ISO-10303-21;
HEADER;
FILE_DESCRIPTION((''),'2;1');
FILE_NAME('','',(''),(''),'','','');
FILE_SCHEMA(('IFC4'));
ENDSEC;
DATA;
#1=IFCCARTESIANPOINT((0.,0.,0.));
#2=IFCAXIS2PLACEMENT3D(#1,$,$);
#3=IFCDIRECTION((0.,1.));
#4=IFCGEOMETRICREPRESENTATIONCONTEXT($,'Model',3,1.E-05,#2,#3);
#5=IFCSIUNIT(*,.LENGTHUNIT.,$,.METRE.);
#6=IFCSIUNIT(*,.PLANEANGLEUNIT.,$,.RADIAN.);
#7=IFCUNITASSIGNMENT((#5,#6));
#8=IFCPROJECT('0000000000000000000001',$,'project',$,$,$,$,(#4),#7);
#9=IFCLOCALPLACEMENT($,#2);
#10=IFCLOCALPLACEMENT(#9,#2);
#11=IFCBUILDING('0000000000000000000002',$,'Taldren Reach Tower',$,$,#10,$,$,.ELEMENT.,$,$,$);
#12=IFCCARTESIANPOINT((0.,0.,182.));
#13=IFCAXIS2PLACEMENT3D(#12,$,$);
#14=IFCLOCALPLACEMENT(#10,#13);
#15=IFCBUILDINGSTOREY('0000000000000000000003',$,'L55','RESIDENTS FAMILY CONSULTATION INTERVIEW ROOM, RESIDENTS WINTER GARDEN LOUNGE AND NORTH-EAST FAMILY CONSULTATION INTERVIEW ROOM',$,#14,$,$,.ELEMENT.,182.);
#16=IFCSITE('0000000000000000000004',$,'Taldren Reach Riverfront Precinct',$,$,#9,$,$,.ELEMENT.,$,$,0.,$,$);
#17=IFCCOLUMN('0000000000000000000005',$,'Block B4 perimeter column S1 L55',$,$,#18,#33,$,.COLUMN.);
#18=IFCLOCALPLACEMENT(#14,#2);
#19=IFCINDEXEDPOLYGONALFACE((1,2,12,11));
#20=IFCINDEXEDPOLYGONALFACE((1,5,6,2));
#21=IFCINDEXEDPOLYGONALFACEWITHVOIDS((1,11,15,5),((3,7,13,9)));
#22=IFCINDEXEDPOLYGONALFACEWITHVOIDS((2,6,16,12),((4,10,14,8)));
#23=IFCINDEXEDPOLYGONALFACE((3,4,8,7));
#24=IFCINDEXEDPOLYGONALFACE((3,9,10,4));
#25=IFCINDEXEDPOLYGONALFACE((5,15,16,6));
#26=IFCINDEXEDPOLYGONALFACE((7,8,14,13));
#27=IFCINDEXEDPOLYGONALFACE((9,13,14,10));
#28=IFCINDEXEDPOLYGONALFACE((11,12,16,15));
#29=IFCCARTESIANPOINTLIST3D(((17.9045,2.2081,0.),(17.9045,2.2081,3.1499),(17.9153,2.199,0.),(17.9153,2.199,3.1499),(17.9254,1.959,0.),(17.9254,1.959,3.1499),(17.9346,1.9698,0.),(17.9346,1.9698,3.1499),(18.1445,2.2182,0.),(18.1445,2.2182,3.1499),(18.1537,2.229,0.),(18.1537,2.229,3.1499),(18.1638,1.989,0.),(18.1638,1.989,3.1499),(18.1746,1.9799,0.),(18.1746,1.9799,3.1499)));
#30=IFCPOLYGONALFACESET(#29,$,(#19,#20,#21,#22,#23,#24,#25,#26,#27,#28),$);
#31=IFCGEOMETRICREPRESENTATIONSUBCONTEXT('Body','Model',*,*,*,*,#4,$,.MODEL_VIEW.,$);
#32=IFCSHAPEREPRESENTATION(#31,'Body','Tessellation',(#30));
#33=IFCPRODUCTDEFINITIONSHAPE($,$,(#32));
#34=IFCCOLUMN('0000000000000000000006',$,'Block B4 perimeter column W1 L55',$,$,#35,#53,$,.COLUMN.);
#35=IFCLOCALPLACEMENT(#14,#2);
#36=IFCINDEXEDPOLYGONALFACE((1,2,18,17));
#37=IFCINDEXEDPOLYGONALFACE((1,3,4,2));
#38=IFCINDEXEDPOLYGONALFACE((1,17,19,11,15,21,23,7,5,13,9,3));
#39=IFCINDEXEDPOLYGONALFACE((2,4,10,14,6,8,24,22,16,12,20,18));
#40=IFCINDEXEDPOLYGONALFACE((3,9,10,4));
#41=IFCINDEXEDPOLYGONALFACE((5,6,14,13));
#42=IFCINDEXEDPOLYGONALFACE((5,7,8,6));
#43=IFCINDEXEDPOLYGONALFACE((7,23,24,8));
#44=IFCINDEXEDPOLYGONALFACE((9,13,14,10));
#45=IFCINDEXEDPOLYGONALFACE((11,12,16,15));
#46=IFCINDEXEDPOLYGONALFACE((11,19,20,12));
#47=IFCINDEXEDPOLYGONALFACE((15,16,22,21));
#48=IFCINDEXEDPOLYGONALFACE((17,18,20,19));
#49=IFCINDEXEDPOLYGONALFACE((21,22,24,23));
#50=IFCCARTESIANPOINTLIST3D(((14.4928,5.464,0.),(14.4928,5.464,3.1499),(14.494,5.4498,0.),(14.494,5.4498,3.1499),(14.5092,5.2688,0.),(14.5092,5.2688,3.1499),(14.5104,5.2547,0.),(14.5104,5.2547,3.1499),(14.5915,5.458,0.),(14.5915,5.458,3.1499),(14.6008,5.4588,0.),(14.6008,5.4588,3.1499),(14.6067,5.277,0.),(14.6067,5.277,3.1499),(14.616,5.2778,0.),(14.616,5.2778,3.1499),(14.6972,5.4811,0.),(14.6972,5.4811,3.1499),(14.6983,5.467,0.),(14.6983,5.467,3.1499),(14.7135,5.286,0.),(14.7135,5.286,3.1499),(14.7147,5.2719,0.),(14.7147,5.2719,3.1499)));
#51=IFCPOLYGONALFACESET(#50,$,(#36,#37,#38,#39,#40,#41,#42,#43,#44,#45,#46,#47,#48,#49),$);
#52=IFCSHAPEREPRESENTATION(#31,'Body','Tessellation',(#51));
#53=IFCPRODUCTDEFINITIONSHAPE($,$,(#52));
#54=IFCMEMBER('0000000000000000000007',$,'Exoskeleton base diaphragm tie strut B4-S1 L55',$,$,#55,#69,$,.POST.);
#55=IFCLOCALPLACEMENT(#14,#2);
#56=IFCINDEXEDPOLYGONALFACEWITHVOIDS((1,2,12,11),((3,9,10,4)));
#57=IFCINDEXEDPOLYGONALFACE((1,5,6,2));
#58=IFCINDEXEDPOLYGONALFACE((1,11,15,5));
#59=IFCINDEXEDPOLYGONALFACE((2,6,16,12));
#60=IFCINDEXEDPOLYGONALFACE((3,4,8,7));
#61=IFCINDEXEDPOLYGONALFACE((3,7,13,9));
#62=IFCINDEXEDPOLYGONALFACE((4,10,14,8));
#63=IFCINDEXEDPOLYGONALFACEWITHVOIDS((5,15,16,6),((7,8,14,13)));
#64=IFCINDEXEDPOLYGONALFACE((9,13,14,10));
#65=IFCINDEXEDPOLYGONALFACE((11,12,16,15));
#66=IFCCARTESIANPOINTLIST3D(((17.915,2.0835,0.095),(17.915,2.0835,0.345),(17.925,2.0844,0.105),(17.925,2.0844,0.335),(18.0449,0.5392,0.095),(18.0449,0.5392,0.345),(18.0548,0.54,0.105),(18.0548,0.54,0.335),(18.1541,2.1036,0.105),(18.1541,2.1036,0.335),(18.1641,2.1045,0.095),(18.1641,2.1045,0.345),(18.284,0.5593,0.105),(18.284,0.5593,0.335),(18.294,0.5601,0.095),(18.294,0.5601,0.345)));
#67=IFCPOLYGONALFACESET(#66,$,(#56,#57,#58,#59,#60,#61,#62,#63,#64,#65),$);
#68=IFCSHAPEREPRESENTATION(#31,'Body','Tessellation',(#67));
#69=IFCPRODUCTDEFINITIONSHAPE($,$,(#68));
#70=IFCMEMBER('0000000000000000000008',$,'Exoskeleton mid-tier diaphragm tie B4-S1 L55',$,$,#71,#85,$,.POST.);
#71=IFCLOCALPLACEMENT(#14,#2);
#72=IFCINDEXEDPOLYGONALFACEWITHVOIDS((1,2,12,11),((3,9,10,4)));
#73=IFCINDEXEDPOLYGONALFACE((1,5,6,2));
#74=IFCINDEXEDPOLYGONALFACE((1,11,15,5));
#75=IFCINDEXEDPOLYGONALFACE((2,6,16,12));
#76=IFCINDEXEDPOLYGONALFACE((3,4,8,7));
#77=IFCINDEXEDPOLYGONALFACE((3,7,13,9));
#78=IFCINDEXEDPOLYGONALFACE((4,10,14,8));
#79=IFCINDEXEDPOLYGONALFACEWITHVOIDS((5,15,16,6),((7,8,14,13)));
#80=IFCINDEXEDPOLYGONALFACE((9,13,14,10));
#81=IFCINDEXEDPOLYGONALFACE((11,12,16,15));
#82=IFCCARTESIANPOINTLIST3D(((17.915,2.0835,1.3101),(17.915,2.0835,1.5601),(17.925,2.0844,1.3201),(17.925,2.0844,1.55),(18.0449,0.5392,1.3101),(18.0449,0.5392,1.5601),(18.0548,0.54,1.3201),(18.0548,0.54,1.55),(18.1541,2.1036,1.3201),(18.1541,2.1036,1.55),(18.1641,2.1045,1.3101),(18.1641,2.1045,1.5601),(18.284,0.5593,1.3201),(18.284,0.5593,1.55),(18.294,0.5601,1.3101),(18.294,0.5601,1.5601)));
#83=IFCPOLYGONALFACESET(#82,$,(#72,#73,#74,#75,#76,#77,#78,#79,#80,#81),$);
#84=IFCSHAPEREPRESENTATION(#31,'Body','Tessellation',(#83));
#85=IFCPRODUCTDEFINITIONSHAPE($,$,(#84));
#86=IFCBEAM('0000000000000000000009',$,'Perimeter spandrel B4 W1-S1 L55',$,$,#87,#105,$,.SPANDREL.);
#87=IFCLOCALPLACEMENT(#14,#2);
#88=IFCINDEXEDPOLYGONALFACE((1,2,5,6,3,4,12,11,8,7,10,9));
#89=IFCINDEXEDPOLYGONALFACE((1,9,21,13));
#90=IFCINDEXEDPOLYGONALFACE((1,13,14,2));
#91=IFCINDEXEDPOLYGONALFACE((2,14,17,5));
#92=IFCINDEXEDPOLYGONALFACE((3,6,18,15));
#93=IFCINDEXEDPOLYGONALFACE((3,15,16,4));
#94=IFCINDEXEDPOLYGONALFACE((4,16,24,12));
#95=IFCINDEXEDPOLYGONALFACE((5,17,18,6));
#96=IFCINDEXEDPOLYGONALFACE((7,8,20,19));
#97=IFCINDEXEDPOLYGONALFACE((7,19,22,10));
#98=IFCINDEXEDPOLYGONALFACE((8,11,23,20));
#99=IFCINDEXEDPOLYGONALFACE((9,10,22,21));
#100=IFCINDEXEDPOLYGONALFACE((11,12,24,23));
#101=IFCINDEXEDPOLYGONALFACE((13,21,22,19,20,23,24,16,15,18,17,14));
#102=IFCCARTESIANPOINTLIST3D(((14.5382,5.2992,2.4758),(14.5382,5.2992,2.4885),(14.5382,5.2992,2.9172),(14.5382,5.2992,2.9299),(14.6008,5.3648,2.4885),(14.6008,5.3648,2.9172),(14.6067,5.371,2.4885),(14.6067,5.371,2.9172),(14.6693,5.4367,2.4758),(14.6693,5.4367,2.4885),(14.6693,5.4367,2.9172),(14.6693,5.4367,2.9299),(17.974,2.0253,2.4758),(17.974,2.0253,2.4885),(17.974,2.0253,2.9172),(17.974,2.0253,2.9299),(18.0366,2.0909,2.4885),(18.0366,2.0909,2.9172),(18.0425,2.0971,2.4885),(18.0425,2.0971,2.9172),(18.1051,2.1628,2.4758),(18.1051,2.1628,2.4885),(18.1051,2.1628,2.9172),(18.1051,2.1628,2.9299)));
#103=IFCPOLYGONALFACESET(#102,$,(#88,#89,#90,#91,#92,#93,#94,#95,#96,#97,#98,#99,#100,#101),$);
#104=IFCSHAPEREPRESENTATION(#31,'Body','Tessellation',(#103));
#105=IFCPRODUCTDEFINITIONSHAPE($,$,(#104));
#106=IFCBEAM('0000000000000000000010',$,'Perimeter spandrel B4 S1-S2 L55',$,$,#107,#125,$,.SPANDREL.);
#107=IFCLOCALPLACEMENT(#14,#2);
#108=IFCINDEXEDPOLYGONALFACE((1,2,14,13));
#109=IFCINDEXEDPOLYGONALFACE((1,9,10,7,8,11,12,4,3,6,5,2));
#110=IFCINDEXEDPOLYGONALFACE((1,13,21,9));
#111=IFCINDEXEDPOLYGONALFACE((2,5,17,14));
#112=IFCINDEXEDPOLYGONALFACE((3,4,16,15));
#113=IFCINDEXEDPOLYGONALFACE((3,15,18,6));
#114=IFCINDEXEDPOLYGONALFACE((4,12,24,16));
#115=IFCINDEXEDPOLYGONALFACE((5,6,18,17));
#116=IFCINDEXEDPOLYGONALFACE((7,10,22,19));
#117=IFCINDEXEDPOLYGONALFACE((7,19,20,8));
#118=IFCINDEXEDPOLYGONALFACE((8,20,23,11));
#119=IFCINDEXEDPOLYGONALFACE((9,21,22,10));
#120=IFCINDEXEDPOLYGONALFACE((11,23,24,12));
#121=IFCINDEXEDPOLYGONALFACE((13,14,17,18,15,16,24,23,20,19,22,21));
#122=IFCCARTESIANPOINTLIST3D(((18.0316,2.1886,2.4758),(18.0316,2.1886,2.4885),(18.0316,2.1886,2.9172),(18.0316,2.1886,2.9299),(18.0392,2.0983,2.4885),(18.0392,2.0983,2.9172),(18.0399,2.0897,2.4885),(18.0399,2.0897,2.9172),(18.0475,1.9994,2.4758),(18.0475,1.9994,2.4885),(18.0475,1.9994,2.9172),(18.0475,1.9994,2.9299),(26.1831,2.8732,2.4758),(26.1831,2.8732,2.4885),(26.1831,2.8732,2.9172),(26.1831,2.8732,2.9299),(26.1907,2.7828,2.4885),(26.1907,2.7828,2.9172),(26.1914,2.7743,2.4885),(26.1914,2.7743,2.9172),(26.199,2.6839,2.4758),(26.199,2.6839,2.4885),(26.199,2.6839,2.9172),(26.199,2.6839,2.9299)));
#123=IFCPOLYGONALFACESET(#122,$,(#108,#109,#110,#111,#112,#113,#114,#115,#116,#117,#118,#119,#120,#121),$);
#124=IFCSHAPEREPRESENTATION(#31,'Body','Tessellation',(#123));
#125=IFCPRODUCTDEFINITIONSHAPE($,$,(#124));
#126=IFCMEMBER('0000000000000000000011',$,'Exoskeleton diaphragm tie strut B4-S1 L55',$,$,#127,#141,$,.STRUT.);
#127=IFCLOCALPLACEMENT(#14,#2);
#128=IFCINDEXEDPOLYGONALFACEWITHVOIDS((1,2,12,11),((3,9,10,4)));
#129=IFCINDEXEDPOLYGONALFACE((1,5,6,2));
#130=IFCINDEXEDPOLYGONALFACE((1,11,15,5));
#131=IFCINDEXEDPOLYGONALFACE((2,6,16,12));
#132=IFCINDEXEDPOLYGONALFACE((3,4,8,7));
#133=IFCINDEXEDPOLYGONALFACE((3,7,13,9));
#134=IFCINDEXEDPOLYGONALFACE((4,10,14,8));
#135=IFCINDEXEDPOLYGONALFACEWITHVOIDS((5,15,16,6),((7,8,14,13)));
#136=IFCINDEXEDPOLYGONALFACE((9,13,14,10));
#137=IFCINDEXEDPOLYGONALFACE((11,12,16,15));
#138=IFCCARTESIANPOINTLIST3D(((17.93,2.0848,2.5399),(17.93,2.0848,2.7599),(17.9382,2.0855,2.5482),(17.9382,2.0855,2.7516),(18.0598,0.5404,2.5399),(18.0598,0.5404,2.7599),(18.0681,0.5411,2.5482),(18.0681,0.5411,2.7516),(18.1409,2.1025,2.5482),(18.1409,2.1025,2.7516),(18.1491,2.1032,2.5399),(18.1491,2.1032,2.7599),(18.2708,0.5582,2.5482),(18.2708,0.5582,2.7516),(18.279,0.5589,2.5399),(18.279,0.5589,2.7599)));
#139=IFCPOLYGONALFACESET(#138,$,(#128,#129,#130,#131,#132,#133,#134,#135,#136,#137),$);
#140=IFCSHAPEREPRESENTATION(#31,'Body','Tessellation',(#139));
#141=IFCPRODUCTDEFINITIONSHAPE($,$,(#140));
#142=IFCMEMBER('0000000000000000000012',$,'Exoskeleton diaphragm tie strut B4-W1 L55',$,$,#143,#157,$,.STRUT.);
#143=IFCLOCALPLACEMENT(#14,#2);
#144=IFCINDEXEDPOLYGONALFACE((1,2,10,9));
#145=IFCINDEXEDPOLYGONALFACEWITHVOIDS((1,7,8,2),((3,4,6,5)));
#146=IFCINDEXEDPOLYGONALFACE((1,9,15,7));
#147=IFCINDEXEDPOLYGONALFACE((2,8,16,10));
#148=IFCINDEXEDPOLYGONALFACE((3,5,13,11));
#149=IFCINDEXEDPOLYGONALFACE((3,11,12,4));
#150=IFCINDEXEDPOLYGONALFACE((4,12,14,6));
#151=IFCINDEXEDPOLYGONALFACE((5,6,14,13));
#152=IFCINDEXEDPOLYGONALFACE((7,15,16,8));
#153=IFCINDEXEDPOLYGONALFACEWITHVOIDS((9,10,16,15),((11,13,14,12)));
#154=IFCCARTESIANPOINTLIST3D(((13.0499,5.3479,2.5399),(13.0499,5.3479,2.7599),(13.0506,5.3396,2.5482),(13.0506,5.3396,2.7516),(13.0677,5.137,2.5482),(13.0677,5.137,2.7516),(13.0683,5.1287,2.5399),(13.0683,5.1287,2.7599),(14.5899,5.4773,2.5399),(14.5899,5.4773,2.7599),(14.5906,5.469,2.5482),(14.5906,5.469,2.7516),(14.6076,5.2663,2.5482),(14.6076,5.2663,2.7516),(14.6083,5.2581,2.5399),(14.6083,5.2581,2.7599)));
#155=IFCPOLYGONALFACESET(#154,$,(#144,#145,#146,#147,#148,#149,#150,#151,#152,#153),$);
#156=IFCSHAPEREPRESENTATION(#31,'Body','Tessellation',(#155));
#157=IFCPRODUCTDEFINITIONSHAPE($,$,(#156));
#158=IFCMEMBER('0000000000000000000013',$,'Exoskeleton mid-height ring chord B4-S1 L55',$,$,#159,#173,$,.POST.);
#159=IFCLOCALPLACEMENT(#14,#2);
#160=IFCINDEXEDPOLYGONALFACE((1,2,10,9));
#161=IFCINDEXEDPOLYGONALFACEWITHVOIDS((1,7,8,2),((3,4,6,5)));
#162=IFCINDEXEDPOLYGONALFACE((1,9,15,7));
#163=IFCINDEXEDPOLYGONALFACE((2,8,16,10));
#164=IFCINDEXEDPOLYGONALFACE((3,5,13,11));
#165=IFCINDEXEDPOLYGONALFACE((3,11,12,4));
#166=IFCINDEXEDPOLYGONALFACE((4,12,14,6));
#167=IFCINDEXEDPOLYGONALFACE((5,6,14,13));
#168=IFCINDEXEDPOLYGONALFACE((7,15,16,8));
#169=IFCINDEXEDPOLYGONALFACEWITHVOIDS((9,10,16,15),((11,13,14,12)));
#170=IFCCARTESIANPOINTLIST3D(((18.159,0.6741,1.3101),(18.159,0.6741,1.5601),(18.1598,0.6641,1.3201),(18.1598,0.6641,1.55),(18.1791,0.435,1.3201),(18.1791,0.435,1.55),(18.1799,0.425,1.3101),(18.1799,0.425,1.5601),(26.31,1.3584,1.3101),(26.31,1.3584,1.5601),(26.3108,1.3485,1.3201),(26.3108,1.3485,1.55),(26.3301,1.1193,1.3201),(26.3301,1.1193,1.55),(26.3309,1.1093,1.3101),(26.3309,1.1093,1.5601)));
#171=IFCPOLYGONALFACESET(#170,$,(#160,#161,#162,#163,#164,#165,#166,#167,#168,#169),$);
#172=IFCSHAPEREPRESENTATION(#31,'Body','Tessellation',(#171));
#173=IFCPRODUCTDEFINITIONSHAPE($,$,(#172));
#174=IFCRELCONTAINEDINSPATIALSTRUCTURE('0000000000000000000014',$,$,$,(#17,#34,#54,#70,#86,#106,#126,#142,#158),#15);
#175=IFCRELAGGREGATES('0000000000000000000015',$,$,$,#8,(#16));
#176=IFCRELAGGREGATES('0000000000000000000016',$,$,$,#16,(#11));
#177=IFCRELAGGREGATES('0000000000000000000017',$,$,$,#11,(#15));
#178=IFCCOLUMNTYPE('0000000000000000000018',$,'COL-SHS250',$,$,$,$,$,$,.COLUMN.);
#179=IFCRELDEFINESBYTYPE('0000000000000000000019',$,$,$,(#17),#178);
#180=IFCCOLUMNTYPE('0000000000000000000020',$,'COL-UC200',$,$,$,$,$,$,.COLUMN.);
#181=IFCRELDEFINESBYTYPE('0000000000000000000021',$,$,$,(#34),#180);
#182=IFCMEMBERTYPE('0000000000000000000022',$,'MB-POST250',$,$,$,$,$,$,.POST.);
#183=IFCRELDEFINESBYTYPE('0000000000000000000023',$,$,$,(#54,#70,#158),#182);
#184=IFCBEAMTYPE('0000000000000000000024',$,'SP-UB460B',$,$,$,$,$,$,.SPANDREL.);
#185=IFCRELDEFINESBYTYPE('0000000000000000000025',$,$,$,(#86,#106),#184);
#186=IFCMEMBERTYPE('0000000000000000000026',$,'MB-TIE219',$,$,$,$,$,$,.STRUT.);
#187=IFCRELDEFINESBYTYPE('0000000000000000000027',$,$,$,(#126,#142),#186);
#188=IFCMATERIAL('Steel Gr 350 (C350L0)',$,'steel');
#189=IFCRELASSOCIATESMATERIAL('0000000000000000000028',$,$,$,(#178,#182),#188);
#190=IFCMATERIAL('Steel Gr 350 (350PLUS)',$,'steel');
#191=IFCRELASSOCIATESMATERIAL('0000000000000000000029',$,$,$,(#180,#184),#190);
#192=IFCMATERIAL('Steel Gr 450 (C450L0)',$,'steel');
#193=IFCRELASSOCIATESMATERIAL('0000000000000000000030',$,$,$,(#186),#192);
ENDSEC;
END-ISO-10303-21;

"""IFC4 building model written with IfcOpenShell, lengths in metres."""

from ifc_helpers import new_model, si_unit, direction, frame, origin, origin_2d, place, context, subcontext, project, spatial, hollow_rectangle, i_section, extrude, source, transform, mapped, material, material_profile, profile_set, type_object, element, save


model = new_model("IFC4")

# Units and contexts
model_context = context("Model", 3, precision=1e-05, world=origin(), true_north=direction((0.0, 1.0)))
body_context = subcontext(model_context, "Body", "Model", "MODEL_VIEW")
ifc_project = project(units=[si_unit("LENGTHUNIT", "METRE"), si_unit("PLANEANGLEUNIT", "RADIAN")], contexts=[model_context])

# Site, building, storey
site_placement = place(None, origin())
site = spatial("IfcSite", under=ifc_project, at=site_placement, Name="Taldren Reach Riverfront Precinct", CompositionType="ELEMENT", RefElevation=0.0)
building_placement = place(site_placement, origin())
building = spatial("IfcBuilding", under=site, at=building_placement, Name="Taldren Reach Tower", CompositionType="ELEMENT")
storey_placement = place(building_placement, frame((0.0, 0.0, 182.0)))
storey = spatial("IfcBuildingStorey", under=building, at=storey_placement, Name="L55", Description="RESIDENTS FAMILY CONSULTATION INTERVIEW ROOM, RESIDENTS WINTER GARDEN LOUNGE AND NORTH-EAST FAMILY CONSULTATION INTERVIEW ROOM", CompositionType="ELEMENT", Elevation=182.0)

# Columns
ifc_material_1 = material(Name="Steel Gr 350 (C350L0)", Category="steel")
ifc_material_profile_1 = material_profile(ifc_material_1, hollow_rectangle(XDim=0.25, YDim=0.25, WallThickness=0.01, at=origin_2d()), Name="250x250x10.0SHS")
ifc_profile_set_1 = profile_set([ifc_material_profile_1], Name="Steel Gr 350 (C350L0)")
column_type_1 = type_object("IfcColumnType", Name="COL-SHS250", PredefinedType="COLUMN", material=ifc_profile_set_1)
shared_shape_1 = source(origin(), body_context, "Body", "SweptSolid", [
    extrude(hollow_rectangle(XDim=0.25, YDim=0.25, WallThickness=0.01, at=origin_2d()), origin(), (0.0, 0.0, 1.0), 3.1499),
])
column_1_placement = place(storey_placement, frame((18.0396, 2.094, 0.0), z_axis=(0.0, 0.0, 1.0), x_axis=(0.996493, 0.083678, 0.0)))
element("IfcColumn", 1, at=column_1_placement, inside=storey, type_object=column_type_1, Name="Block B4 perimeter column S1 L55", PredefinedType="COLUMN", context=body_context, shape_type="MappedRepresentation", body=[
    mapped(shared_shape_1, transform((0.0, 0.0, 0.0), scale=1.0)),
])
ifc_material_2 = material(Name="Steel Gr 350 (350PLUS)", Category="steel")
ifc_material_profile_2 = material_profile(ifc_material_2, i_section(OverallWidth=0.2051, OverallDepth=0.21, WebThickness=0.0093, FlangeThickness=0.0142, at=origin_2d()), Name="200UC59.5")
ifc_profile_set_2 = profile_set([ifc_material_profile_2], Name="Steel Gr 350 (350PLUS)")
column_type_2 = type_object("IfcColumnType", Name="COL-UC200", PredefinedType="COLUMN", material=ifc_profile_set_2)
shared_shape_2 = source(origin(), body_context, "Body", "SweptSolid", [
    extrude(i_section(OverallWidth=0.2051, OverallDepth=0.21, WebThickness=0.0093, FlangeThickness=0.0142, at=origin_2d()), origin(), (0.0, 0.0, 1.0), 3.1499),
])
column_2_placement = place(storey_placement, frame((14.6038, 5.3679, 0.0), z_axis=(0.0, 0.0, 1.0), x_axis=(0.996493, 0.083678, 0.0)))
element("IfcColumn", 2, at=column_2_placement, inside=storey, type_object=column_type_2, Name="Block B4 perimeter column W1 L55", PredefinedType="COLUMN", context=body_context, shape_type="MappedRepresentation", body=[
    mapped(shared_shape_2, transform((0.0, 0.0, 0.0), scale=1.0)),
])

# Members
ifc_material_profile_3 = material_profile(ifc_material_1, hollow_rectangle(XDim=0.25, YDim=0.25, WallThickness=0.01, at=origin_2d()), Name="250x250x10.0SHS")
ifc_profile_set_3 = profile_set([ifc_material_profile_3], Name="Steel Gr 350 (C350L0)")
member_type_1 = type_object("IfcMemberType", Name="MB-POST250", PredefinedType="POST", material=ifc_profile_set_3)
shared_shape_3 = source(origin(), body_context, "Body", "SweptSolid", [
    extrude(hollow_rectangle(XDim=0.25, YDim=0.25, WallThickness=0.01, at=origin_2d()), origin(), (0.0, 0.0, 1.0), 1.5498),
])
for number, where, z_axis, x_axis, name in (
    (3, (18.0396, 2.094, 0.22), (0.083802, -0.996482, 0.0), (0.996482, 0.083802, 0.0), "Exoskeleton base diaphragm tie strut B4-S1 L55"),
    (4, (18.0396, 2.094, 1.4351), (0.083802, -0.996482, 0.0), (0.996482, 0.083802, 0.0), "Exoskeleton mid-tier diaphragm tie B4-S1 L55"),
):
    element("IfcMember", number, at=place(storey_placement, frame(where, z_axis=z_axis, x_axis=x_axis)), inside=storey, type_object=member_type_1, Name=name, PredefinedType="POST", context=body_context, shape_type="MappedRepresentation", body=[
        mapped(shared_shape_3, transform((0.0, 0.0, 0.0), scale=1.0)),
    ])

# Beams
ifc_material_profile_4 = material_profile(ifc_material_2, i_section(OverallWidth=0.1899, OverallDepth=0.4541, WebThickness=0.0085, FlangeThickness=0.0127, at=origin_2d()), Name="460UB67.1")
ifc_profile_set_4 = profile_set([ifc_material_profile_4], Name="Steel Gr 350 (350PLUS)")
beam_type = type_object("IfcBeamType", Name="SP-UB460B", PredefinedType="SPANDREL", material=ifc_profile_set_4)
shared_shape_4 = source(origin(), body_context, "Body", "SweptSolid", [
    extrude(i_section(OverallWidth=0.1899, OverallDepth=0.4541, WebThickness=0.0085, FlangeThickness=0.0127, at=origin_2d()), origin(), (0.0, 0.0, 1.0), 4.7458),
])
beam_1_placement = place(storey_placement, frame((14.6038, 5.3679, 2.7029), z_axis=(0.723954, -0.689848, 0.0), x_axis=(0.689848, 0.723954, 0.0)))
element("IfcBeam", 5, at=beam_1_placement, inside=storey, type_object=beam_type, Name="Perimeter spandrel B4 W1-S1 L55", PredefinedType="SPANDREL", context=body_context, shape_type="MappedRepresentation", body=[
    mapped(shared_shape_4, transform((0.0, 0.0, 0.0), scale=1.0)),
])
shared_shape_5 = source(origin(), body_context, "Body", "SweptSolid", [
    extrude(i_section(OverallWidth=0.1899, OverallDepth=0.4541, WebThickness=0.0085, FlangeThickness=0.0127, at=origin_2d()), origin(), (0.0, 0.0, 1.0), 8.1802),
])
beam_2_placement = place(storey_placement, frame((18.0396, 2.094, 2.7029), z_axis=(0.996492, 0.083688, 0.0), x_axis=(-0.083688, 0.996492, 0.0)))
element("IfcBeam", 6, at=beam_2_placement, inside=storey, type_object=beam_type, Name="Perimeter spandrel B4 S1-S2 L55", PredefinedType="SPANDREL", context=body_context, shape_type="MappedRepresentation", body=[
    mapped(shared_shape_5, transform((0.0, 0.0, 0.0), scale=1.0)),
])

# Members
ifc_material_3 = material(Name="Steel Gr 450 (C450L0)", Category="steel")
ifc_material_profile_5 = material_profile(ifc_material_3, hollow_rectangle(XDim=0.22, YDim=0.22, WallThickness=0.0083, at=origin_2d()), Name="220x220x8.2SHS")
ifc_profile_set_5 = profile_set([ifc_material_profile_5], Name="Steel Gr 450 (C450L0)")
member_type_2 = type_object("IfcMemberType", Name="MB-TIE219", PredefinedType="STRUT", material=ifc_profile_set_5)
shared_shape_6 = source(origin(), body_context, "Body", "SweptSolid", [
    extrude(hollow_rectangle(XDim=0.22, YDim=0.22, WallThickness=0.0083, at=origin_2d()), origin(), (0.0, 0.0, 1.0), 1.5498),
])
member_1_placement = place(storey_placement, frame((18.0396, 2.094, 2.6499), z_axis=(0.083802, -0.996482, 0.0), x_axis=(0.996482, 0.083802, 0.0)))
element("IfcMember", 7, at=member_1_placement, inside=storey, type_object=member_type_2, Name="Exoskeleton diaphragm tie strut B4-S1 L55", PredefinedType="STRUT", context=body_context, shape_type="MappedRepresentation", body=[
    mapped(shared_shape_6, transform((0.0, 0.0, 0.0), scale=1.0)),
])
shared_shape_7 = source(origin(), body_context, "Body", "SweptSolid", [
    extrude(hollow_rectangle(XDim=0.22, YDim=0.22, WallThickness=0.0083, at=origin_2d()), origin(), (0.0, 0.0, 1.0), 1.5454),
])
member_2_placement = place(storey_placement, frame((14.5991, 5.3677, 2.6499), z_axis=(-0.996489, -0.083725, 0.0), x_axis=(0.083725, -0.996489, 0.0)))
element("IfcMember", 8, at=member_2_placement, inside=storey, type_object=member_type_2, Name="Exoskeleton diaphragm tie strut B4-W1 L55", PredefinedType="STRUT", context=body_context, shape_type="MappedRepresentation", body=[
    mapped(shared_shape_7, transform((0.0, 0.0, 0.0), scale=1.0)),
])
shared_shape_8 = source(origin(), body_context, "Body", "SweptSolid", [
    extrude(hollow_rectangle(XDim=0.25, YDim=0.25, WallThickness=0.01, at=origin_2d()), origin(), (0.0, 0.0, 1.0), 8.1797),
])
member_3_placement = place(storey_placement, frame((18.1694, 0.5496, 1.4351), z_axis=(0.996494, 0.083661, 0.0), x_axis=(-0.083661, 0.996494, 0.0)))
element("IfcMember", 9, at=member_3_placement, inside=storey, type_object=member_type_1, Name="Exoskeleton mid-height ring chord B4-S1 L55", PredefinedType="POST", context=body_context, shape_type="MappedRepresentation", body=[
    mapped(shared_shape_8, transform((0.0, 0.0, 0.0), scale=1.0)),
])

save(model, "model.ifc")
